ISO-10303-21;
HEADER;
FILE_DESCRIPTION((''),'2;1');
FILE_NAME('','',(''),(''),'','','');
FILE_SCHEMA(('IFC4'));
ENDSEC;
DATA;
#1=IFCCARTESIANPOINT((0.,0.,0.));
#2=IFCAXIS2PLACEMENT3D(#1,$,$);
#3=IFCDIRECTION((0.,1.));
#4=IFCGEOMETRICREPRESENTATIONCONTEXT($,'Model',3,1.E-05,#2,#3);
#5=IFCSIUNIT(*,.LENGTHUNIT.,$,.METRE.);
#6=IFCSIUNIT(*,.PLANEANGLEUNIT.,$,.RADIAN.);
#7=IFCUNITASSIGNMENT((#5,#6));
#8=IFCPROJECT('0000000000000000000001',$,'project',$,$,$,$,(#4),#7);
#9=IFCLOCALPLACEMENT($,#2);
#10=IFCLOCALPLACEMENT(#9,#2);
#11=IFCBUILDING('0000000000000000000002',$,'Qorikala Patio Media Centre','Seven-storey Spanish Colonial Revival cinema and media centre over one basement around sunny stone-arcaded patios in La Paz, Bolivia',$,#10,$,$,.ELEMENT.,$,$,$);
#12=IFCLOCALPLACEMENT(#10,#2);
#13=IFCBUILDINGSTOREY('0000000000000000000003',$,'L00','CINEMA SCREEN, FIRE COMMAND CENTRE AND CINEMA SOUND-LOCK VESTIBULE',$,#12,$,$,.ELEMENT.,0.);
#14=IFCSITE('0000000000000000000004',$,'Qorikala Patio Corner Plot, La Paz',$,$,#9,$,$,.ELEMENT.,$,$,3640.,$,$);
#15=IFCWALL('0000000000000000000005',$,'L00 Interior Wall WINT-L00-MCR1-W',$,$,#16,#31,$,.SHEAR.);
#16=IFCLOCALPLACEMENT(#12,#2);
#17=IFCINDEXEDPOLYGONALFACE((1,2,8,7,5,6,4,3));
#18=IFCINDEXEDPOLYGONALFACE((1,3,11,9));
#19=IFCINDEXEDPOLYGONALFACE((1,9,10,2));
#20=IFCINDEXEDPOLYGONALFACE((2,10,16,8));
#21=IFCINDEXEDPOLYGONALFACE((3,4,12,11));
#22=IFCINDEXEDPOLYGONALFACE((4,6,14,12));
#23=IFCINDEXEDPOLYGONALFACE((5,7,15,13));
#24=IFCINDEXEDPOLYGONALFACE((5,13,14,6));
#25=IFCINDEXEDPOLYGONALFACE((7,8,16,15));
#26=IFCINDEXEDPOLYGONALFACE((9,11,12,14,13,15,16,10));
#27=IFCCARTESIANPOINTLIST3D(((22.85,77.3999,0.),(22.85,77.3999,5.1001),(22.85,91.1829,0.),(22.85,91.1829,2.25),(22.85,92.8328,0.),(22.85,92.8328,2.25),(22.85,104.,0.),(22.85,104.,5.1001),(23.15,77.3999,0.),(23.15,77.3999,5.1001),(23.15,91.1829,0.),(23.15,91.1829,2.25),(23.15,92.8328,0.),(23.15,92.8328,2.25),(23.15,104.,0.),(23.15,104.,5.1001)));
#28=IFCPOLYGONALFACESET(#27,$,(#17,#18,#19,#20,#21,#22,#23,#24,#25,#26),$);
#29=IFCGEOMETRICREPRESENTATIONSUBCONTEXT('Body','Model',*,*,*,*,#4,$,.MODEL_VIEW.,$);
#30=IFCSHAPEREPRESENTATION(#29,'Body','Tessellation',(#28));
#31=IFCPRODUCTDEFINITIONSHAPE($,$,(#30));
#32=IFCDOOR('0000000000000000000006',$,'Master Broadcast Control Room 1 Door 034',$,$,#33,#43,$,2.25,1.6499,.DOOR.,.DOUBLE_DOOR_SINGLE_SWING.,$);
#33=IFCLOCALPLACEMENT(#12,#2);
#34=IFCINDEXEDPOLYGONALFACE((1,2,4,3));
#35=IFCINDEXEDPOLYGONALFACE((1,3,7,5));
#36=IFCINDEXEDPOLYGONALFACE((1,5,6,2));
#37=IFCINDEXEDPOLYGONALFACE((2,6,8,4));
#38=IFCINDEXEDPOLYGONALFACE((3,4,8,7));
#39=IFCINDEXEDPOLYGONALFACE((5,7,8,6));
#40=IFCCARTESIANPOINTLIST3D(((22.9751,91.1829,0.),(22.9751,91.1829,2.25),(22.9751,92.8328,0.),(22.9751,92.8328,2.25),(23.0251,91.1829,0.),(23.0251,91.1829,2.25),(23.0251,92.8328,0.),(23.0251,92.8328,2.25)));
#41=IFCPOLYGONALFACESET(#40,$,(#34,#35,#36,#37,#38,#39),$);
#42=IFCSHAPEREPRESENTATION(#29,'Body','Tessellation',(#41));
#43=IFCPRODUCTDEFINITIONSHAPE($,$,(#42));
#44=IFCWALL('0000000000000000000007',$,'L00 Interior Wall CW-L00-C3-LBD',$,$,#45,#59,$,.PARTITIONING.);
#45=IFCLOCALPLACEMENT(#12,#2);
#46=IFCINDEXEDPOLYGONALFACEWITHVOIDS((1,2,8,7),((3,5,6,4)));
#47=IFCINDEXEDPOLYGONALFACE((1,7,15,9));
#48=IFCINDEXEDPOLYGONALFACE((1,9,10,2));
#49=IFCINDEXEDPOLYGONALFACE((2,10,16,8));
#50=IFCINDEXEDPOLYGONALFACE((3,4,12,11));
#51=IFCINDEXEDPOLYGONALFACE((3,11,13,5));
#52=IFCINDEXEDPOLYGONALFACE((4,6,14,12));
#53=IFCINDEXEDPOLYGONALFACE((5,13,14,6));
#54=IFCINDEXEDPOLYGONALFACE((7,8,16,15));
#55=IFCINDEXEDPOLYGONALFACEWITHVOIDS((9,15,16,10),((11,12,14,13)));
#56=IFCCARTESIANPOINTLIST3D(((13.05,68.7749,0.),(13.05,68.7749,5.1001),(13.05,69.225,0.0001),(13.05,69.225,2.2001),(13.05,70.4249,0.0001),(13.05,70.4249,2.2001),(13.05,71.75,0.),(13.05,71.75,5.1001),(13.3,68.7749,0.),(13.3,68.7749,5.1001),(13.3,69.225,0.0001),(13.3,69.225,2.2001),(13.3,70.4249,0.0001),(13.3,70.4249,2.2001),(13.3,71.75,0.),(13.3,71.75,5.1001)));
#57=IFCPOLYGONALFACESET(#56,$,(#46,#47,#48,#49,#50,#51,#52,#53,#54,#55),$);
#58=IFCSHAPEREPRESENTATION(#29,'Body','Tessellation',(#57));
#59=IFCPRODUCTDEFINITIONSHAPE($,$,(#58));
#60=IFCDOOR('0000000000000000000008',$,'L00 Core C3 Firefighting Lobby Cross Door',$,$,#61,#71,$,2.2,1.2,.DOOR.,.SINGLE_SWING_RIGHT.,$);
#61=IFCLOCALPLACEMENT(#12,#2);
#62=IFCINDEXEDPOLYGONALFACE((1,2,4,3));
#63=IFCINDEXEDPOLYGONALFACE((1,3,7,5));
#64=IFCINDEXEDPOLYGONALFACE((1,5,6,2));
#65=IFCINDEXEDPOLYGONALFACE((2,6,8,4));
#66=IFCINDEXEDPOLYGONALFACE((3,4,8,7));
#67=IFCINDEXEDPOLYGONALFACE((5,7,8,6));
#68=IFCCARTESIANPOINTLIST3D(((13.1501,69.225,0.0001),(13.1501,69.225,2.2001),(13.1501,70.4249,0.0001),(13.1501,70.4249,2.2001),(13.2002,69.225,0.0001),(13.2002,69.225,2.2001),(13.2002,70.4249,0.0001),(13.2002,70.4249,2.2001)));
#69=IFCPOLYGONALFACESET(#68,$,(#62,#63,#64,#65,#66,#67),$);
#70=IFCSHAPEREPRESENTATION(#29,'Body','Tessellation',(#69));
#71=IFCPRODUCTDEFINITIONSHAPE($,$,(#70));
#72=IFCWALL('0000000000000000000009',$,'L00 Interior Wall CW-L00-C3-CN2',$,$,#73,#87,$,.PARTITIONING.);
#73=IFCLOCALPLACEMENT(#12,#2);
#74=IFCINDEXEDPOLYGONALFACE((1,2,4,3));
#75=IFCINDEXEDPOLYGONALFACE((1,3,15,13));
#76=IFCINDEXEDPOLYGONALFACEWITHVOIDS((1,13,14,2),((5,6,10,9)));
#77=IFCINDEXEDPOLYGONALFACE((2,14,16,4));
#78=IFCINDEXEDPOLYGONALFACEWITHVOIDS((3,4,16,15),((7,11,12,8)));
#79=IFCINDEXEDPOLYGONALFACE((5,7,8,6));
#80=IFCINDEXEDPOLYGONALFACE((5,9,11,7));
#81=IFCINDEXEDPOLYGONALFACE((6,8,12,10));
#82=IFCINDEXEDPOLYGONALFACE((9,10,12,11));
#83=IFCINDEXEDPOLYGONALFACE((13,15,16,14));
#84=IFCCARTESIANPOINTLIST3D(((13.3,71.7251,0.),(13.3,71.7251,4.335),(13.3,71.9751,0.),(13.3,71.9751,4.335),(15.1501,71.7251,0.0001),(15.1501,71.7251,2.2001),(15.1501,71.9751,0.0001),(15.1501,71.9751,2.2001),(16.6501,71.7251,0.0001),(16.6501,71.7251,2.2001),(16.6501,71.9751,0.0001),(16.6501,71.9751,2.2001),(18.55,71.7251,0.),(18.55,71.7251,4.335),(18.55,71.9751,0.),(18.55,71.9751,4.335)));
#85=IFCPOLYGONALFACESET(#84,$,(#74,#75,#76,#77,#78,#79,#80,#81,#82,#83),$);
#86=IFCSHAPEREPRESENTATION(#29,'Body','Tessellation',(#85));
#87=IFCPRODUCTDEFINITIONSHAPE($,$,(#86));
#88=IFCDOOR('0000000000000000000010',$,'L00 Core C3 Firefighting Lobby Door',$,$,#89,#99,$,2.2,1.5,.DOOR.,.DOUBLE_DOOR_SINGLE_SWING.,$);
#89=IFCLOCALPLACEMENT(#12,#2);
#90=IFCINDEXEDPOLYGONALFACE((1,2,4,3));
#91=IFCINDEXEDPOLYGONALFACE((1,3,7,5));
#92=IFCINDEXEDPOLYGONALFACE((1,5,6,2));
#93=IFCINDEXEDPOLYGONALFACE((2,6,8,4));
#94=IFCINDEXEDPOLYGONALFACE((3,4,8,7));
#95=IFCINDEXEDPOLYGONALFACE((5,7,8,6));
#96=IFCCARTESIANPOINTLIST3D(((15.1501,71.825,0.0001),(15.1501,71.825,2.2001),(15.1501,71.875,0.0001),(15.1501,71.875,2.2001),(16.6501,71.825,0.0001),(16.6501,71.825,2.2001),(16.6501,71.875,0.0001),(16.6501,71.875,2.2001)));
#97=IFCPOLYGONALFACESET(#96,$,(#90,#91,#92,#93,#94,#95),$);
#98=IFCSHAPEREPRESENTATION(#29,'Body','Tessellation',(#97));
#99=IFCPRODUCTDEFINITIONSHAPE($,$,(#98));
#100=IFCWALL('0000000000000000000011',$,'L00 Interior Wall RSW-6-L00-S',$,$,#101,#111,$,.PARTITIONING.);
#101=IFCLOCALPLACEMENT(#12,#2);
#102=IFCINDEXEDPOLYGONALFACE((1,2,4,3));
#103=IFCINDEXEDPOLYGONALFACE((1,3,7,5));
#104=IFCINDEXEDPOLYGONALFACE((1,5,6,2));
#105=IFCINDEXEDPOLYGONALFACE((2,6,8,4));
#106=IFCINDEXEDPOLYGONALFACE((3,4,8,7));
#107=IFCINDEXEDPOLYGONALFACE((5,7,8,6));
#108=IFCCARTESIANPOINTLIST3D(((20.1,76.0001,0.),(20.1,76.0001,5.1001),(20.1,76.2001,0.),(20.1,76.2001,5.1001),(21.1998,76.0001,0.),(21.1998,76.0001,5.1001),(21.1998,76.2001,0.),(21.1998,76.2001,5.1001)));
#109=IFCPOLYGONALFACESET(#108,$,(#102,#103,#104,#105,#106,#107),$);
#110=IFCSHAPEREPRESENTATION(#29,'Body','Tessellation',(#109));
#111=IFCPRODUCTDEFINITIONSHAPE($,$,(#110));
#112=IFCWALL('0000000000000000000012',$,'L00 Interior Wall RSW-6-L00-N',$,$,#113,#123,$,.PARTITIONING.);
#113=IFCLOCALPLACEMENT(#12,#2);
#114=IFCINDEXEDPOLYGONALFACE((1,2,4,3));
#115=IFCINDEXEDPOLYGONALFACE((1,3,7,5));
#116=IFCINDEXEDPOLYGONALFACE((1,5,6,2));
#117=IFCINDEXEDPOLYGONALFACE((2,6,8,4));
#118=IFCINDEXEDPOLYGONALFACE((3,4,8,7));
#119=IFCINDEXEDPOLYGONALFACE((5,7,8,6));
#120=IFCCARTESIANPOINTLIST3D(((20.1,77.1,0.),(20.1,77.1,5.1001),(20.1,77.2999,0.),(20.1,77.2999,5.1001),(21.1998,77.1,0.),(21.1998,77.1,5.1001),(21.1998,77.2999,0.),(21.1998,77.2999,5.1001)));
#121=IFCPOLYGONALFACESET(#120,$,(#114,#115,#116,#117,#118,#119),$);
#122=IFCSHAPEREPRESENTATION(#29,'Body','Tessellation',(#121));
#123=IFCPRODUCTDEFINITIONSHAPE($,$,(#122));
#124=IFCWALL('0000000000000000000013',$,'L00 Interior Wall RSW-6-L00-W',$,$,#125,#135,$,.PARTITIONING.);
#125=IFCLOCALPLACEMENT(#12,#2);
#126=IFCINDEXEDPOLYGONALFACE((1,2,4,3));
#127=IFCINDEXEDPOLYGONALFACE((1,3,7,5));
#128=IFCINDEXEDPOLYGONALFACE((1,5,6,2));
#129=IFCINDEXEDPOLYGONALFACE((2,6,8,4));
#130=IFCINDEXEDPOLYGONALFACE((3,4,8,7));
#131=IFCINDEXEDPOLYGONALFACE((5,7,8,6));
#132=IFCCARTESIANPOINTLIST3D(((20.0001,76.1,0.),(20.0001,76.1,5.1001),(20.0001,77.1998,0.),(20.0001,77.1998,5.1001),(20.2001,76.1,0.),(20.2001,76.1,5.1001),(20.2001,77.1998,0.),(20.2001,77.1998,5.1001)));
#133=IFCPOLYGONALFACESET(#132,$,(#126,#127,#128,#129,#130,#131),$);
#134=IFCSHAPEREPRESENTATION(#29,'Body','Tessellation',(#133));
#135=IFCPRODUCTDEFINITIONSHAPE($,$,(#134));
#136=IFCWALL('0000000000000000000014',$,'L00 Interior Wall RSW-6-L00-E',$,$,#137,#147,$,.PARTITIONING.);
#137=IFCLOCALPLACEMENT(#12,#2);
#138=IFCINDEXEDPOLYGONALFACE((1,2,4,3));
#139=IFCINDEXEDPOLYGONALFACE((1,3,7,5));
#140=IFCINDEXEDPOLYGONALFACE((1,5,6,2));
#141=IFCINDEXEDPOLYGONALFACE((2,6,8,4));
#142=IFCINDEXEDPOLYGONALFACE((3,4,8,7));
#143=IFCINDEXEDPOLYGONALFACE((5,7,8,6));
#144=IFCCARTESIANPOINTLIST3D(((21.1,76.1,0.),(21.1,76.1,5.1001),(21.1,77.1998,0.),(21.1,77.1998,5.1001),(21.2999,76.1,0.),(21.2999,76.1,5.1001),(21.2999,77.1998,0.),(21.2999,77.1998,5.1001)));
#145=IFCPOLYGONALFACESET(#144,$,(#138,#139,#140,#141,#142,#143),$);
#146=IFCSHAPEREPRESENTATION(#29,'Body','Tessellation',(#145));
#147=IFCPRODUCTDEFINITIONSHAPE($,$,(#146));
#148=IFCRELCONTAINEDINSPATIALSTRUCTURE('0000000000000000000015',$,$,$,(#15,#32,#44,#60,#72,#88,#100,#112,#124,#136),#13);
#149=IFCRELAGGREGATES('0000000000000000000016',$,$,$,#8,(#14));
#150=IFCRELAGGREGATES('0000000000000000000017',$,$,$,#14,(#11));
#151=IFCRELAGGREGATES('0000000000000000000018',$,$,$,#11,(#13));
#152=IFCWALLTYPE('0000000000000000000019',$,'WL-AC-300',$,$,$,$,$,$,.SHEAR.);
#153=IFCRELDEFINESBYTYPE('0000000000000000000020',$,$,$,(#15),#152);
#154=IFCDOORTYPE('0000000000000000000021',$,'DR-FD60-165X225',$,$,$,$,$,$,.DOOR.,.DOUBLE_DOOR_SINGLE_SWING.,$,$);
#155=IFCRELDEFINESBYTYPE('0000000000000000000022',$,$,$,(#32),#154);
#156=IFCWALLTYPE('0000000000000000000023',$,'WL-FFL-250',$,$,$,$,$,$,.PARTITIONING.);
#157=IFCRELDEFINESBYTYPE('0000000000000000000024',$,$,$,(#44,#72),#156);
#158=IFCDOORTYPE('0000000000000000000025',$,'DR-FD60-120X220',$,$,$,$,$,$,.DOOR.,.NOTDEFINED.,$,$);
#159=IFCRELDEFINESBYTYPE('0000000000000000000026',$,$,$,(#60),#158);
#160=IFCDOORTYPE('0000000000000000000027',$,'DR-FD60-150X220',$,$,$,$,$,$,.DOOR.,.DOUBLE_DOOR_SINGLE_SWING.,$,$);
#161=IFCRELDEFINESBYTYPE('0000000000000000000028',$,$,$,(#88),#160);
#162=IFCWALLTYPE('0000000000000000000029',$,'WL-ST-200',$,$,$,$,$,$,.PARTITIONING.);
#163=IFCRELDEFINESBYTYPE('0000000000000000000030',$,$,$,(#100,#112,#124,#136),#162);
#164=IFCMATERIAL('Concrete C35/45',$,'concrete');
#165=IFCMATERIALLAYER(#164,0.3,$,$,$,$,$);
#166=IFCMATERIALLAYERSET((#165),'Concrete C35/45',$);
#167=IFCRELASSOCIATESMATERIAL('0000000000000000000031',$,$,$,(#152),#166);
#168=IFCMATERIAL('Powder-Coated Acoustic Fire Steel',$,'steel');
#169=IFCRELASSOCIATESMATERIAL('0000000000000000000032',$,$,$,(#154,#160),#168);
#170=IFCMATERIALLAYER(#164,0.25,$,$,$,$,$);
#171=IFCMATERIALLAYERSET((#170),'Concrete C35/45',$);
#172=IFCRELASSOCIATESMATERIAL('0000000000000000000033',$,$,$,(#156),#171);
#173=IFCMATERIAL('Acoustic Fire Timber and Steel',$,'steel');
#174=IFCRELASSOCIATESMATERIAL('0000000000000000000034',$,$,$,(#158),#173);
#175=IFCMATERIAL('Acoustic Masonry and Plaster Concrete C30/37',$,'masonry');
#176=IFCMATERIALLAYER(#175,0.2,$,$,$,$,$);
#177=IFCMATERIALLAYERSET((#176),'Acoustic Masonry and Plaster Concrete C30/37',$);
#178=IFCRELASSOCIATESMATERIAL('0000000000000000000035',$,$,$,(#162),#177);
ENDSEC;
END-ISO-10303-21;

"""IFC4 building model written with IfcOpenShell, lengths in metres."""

from ifc_helpers import new_model, si_unit, direction, frame, frame_2d, origin, place, context, subcontext, project, spatial, rectangle, extrude, material, layer, layer_set, type_object, element, fill, save


model = new_model("IFC4")

# Units and contexts
model_context = context("Model", 3, precision=1e-05, world=origin(), true_north=direction((0.0, 1.0)))
body_context = subcontext(model_context, "Body", "Model", "MODEL_VIEW")
ifc_project = project(units=[si_unit("LENGTHUNIT", "METRE"), si_unit("PLANEANGLEUNIT", "RADIAN")], contexts=[model_context])

# Site, building, storey
site_placement = place(None, origin())
site = spatial("IfcSite", under=ifc_project, at=site_placement, Name="Qorikala Patio Corner Plot, La Paz", CompositionType="ELEMENT", RefElevation=3640.0)
building_placement = place(site_placement, origin())
building = spatial("IfcBuilding", under=site, at=building_placement, Name="Qorikala Patio Media Centre", Description="Seven-storey Spanish Colonial Revival cinema and media centre over one basement around sunny stone-arcaded patios in La Paz, Bolivia", CompositionType="ELEMENT")
storey_placement = place(building_placement, origin())
storey = spatial("IfcBuildingStorey", under=building, at=storey_placement, Name="L00", Description="CINEMA SCREEN, FIRE COMMAND CENTRE AND CINEMA SOUND-LOCK VESTIBULE", CompositionType="ELEMENT", Elevation=0.0)

# Shared definitions
ifc_material_1 = material(Name="Concrete C35/45", Category="concrete")

# Shared definitions
ifc_layer_1 = layer(ifc_material_1, 0.3)
ifc_layer_set_1 = layer_set([ifc_layer_1], Name="Concrete C35/45")
wall_type_1 = type_object("IfcWallType", Name="WL-AC-300", PredefinedType="SHEAR", material=ifc_layer_set_1)
ifc_material_2 = material(Name="Powder-Coated Acoustic Fire Steel", Category="steel")

# Walls, openings, doors
wall_1_placement = place(storey_placement, frame((23.0, 77.3999, 0.0), z_axis=(0.0, 0.0, 1.0), x_axis=(0.0, 1.0, 0.0)))
wall_1 = element("IfcWall", 1, at=wall_1_placement, inside=storey, type_object=wall_type_1, Name="L00 Interior Wall WINT-L00-MCR1-W", PredefinedType="SHEAR", context=body_context, shape_type="SweptSolid", body=[
    extrude(rectangle(XDim=26.6001, YDim=0.3, at=frame_2d((13.3, 0.0))), origin(), (0.0, 0.0, 1.0), 5.1001),
])
opening_1_placement = place(wall_1_placement, frame((13.783, 0.0, 0.0)))
opening_1 = element("IfcOpeningElement", 2, at=opening_1_placement, cuts=wall_1, PredefinedType="OPENING", context=body_context, shape_type="SweptSolid", body=[
    extrude(rectangle(XDim=1.6499, YDim=2.25, at=frame_2d((0.825, 1.125))), frame((0.0, 0.1599, 0.0), z_axis=(0.0, -1.0, 0.0), x_axis=(1.0, 0.0, 0.0)), (0.0, 0.0, 1.0), 0.3201),
])
door_type_1 = type_object("IfcDoorType", Name="DR-FD60-165X225", OperationType="DOUBLE_DOOR_SINGLE_SWING", PredefinedType="DOOR", material=ifc_material_2)
door_1_placement = place(opening_1_placement, origin())
door_1 = element("IfcDoor", 3, at=door_1_placement, inside=storey, type_object=door_type_1, Name="Master Broadcast Control Room 1 Door 034", OperationType="DOUBLE_DOOR_SINGLE_SWING", OverallHeight=2.25, OverallWidth=1.6499, PredefinedType="DOOR", context=body_context, shape_type="SweptSolid", body=[
    extrude(rectangle(XDim=1.6499, YDim=2.25, at=frame_2d((0.825, 1.125))), frame((0.0, 0.0249, 0.0), z_axis=(0.0, -1.0, 0.0), x_axis=(1.0, 0.0, 0.0)), (0.0, 0.0, 1.0), 0.05),
])
fill(opening_1, door_1)
ifc_layer_2 = layer(ifc_material_1, 0.25)
ifc_layer_set_2 = layer_set([ifc_layer_2], Name="Concrete C35/45")
wall_type_2 = type_object("IfcWallType", Name="WL-FFL-250", PredefinedType="PARTITIONING", material=ifc_layer_set_2)
wall_2_placement = place(storey_placement, frame((13.175, 68.7749, 0.0), z_axis=(0.0, 0.0, 1.0), x_axis=(0.0, 1.0, 0.0)))
wall_2 = element("IfcWall", 4, at=wall_2_placement, inside=storey, type_object=wall_type_2, Name="L00 Interior Wall CW-L00-C3-LBD", PredefinedType="PARTITIONING", context=body_context, shape_type="SweptSolid", body=[
    extrude(rectangle(XDim=2.9751, YDim=0.25, at=frame_2d((1.4875, 0.0))), origin(), (0.0, 0.0, 1.0), 5.1001),
])
opening_2_placement = place(wall_2_placement, frame((0.45, 0.0, 0.0)))
opening_2 = element("IfcOpeningElement", 5, at=opening_2_placement, cuts=wall_2, PredefinedType="OPENING", context=body_context, shape_type="SweptSolid", body=[
    extrude(rectangle(XDim=1.2, YDim=2.2, at=frame_2d((0.6001, 1.1001))), frame((0.0, 0.135, 0.0), z_axis=(0.0, -1.0, 0.0), x_axis=(1.0, 0.0, 0.0)), (0.0, 0.0, 1.0), 0.27),
])
ifc_material_3 = material(Name="Acoustic Fire Timber and Steel", Category="steel")
door_type_2 = type_object("IfcDoorType", Name="DR-FD60-120X220", OperationType="NOTDEFINED", PredefinedType="DOOR", material=ifc_material_3)
door_2_placement = place(opening_2_placement, origin())
door_2 = element("IfcDoor", 6, at=door_2_placement, inside=storey, type_object=door_type_2, Name="L00 Core C3 Firefighting Lobby Cross Door", OperationType="SINGLE_SWING_RIGHT", OverallHeight=2.2, OverallWidth=1.2, PredefinedType="DOOR", context=body_context, shape_type="SweptSolid", body=[
    extrude(rectangle(XDim=1.2, YDim=2.2, at=frame_2d((0.6001, 1.1001))), frame((0.0, 0.0249, 0.0), z_axis=(0.0, -1.0, 0.0), x_axis=(1.0, 0.0, 0.0)), (0.0, 0.0, 1.0), 0.05),
])
fill(opening_2, door_2)
wall_3_placement = place(storey_placement, frame((13.3, 71.8501, 0.0), z_axis=(0.0, 0.0, 1.0), x_axis=(1.0, 0.0, 0.0)))
wall_3 = element("IfcWall", 7, at=wall_3_placement, inside=storey, type_object=wall_type_2, Name="L00 Interior Wall CW-L00-C3-CN2", PredefinedType="PARTITIONING", context=body_context, shape_type="SweptSolid", body=[
    extrude(rectangle(XDim=5.25, YDim=0.25, at=frame_2d((2.625, 0.0))), origin(), (0.0, 0.0, 1.0), 4.335),
])
opening_3_placement = place(wall_3_placement, frame((1.8501, 0.0, 0.0)))
opening_3 = element("IfcOpeningElement", 8, at=opening_3_placement, cuts=wall_3, PredefinedType="OPENING", context=body_context, shape_type="SweptSolid", body=[
    extrude(rectangle(XDim=1.5, YDim=2.2, at=frame_2d((0.75, 1.1001))), frame((0.0, 0.135, 0.0), z_axis=(0.0, -1.0, 0.0), x_axis=(1.0, 0.0, 0.0)), (0.0, 0.0, 1.0), 0.27),
])
door_type_3 = type_object("IfcDoorType", Name="DR-FD60-150X220", OperationType="DOUBLE_DOOR_SINGLE_SWING", PredefinedType="DOOR", material=ifc_material_2)
door_3_placement = place(opening_3_placement, origin())
door_3 = element("IfcDoor", 9, at=door_3_placement, inside=storey, type_object=door_type_3, Name="L00 Core C3 Firefighting Lobby Door", OperationType="DOUBLE_DOOR_SINGLE_SWING", OverallHeight=2.2, OverallWidth=1.5, PredefinedType="DOOR", context=body_context, shape_type="SweptSolid", body=[
    extrude(rectangle(XDim=1.5, YDim=2.2, at=frame_2d((0.75, 1.1001))), frame((0.0, 0.0249, 0.0), z_axis=(0.0, -1.0, 0.0), x_axis=(1.0, 0.0, 0.0)), (0.0, 0.0, 1.0), 0.05),
])
fill(opening_3, door_3)

# Walls
ifc_material_4 = material(Name="Acoustic Masonry and Plaster Concrete C30/37", Category="masonry")
ifc_layer_3 = layer(ifc_material_4, 0.2)
ifc_layer_set_3 = layer_set([ifc_layer_3], Name="Acoustic Masonry and Plaster Concrete C30/37")
wall_type_3 = type_object("IfcWallType", Name="WL-ST-200", PredefinedType="PARTITIONING", material=ifc_layer_set_3)
for number, where, z_axis, x_axis, name in (
    (10, (20.1001, 76.1001, 0.0), (0.0, 0.0, 1.0), (1.0, 0.0, 0.0), "L00 Interior Wall RSW-6-L00-S"),
    (11, (20.1001, 77.2, 0.0), (0.0, 0.0, 1.0), (1.0, 0.0, 0.0), "L00 Interior Wall RSW-6-L00-N"),
    (12, (20.1001, 76.1001, 0.0), (0.0, 0.0, 1.0), (0.0, 1.0, 0.0), "L00 Interior Wall RSW-6-L00-W"),
    (13, (21.2, 76.1001, 0.0), (0.0, 0.0, 1.0), (0.0, 1.0, 0.0), "L00 Interior Wall RSW-6-L00-E"),
):
    element("IfcWall", number, at=place(storey_placement, frame(where, z_axis=z_axis, x_axis=x_axis)), inside=storey, type_object=wall_type_3, Name=name, PredefinedType="PARTITIONING", context=body_context, shape_type="SweptSolid", body=[
        extrude(rectangle(XDim=1.0999, YDim=0.2, at=frame_2d((0.5498, 0.0))), origin(), (0.0, 0.0, 1.0), 5.1001),
    ])

save(model, "model.ifc")
